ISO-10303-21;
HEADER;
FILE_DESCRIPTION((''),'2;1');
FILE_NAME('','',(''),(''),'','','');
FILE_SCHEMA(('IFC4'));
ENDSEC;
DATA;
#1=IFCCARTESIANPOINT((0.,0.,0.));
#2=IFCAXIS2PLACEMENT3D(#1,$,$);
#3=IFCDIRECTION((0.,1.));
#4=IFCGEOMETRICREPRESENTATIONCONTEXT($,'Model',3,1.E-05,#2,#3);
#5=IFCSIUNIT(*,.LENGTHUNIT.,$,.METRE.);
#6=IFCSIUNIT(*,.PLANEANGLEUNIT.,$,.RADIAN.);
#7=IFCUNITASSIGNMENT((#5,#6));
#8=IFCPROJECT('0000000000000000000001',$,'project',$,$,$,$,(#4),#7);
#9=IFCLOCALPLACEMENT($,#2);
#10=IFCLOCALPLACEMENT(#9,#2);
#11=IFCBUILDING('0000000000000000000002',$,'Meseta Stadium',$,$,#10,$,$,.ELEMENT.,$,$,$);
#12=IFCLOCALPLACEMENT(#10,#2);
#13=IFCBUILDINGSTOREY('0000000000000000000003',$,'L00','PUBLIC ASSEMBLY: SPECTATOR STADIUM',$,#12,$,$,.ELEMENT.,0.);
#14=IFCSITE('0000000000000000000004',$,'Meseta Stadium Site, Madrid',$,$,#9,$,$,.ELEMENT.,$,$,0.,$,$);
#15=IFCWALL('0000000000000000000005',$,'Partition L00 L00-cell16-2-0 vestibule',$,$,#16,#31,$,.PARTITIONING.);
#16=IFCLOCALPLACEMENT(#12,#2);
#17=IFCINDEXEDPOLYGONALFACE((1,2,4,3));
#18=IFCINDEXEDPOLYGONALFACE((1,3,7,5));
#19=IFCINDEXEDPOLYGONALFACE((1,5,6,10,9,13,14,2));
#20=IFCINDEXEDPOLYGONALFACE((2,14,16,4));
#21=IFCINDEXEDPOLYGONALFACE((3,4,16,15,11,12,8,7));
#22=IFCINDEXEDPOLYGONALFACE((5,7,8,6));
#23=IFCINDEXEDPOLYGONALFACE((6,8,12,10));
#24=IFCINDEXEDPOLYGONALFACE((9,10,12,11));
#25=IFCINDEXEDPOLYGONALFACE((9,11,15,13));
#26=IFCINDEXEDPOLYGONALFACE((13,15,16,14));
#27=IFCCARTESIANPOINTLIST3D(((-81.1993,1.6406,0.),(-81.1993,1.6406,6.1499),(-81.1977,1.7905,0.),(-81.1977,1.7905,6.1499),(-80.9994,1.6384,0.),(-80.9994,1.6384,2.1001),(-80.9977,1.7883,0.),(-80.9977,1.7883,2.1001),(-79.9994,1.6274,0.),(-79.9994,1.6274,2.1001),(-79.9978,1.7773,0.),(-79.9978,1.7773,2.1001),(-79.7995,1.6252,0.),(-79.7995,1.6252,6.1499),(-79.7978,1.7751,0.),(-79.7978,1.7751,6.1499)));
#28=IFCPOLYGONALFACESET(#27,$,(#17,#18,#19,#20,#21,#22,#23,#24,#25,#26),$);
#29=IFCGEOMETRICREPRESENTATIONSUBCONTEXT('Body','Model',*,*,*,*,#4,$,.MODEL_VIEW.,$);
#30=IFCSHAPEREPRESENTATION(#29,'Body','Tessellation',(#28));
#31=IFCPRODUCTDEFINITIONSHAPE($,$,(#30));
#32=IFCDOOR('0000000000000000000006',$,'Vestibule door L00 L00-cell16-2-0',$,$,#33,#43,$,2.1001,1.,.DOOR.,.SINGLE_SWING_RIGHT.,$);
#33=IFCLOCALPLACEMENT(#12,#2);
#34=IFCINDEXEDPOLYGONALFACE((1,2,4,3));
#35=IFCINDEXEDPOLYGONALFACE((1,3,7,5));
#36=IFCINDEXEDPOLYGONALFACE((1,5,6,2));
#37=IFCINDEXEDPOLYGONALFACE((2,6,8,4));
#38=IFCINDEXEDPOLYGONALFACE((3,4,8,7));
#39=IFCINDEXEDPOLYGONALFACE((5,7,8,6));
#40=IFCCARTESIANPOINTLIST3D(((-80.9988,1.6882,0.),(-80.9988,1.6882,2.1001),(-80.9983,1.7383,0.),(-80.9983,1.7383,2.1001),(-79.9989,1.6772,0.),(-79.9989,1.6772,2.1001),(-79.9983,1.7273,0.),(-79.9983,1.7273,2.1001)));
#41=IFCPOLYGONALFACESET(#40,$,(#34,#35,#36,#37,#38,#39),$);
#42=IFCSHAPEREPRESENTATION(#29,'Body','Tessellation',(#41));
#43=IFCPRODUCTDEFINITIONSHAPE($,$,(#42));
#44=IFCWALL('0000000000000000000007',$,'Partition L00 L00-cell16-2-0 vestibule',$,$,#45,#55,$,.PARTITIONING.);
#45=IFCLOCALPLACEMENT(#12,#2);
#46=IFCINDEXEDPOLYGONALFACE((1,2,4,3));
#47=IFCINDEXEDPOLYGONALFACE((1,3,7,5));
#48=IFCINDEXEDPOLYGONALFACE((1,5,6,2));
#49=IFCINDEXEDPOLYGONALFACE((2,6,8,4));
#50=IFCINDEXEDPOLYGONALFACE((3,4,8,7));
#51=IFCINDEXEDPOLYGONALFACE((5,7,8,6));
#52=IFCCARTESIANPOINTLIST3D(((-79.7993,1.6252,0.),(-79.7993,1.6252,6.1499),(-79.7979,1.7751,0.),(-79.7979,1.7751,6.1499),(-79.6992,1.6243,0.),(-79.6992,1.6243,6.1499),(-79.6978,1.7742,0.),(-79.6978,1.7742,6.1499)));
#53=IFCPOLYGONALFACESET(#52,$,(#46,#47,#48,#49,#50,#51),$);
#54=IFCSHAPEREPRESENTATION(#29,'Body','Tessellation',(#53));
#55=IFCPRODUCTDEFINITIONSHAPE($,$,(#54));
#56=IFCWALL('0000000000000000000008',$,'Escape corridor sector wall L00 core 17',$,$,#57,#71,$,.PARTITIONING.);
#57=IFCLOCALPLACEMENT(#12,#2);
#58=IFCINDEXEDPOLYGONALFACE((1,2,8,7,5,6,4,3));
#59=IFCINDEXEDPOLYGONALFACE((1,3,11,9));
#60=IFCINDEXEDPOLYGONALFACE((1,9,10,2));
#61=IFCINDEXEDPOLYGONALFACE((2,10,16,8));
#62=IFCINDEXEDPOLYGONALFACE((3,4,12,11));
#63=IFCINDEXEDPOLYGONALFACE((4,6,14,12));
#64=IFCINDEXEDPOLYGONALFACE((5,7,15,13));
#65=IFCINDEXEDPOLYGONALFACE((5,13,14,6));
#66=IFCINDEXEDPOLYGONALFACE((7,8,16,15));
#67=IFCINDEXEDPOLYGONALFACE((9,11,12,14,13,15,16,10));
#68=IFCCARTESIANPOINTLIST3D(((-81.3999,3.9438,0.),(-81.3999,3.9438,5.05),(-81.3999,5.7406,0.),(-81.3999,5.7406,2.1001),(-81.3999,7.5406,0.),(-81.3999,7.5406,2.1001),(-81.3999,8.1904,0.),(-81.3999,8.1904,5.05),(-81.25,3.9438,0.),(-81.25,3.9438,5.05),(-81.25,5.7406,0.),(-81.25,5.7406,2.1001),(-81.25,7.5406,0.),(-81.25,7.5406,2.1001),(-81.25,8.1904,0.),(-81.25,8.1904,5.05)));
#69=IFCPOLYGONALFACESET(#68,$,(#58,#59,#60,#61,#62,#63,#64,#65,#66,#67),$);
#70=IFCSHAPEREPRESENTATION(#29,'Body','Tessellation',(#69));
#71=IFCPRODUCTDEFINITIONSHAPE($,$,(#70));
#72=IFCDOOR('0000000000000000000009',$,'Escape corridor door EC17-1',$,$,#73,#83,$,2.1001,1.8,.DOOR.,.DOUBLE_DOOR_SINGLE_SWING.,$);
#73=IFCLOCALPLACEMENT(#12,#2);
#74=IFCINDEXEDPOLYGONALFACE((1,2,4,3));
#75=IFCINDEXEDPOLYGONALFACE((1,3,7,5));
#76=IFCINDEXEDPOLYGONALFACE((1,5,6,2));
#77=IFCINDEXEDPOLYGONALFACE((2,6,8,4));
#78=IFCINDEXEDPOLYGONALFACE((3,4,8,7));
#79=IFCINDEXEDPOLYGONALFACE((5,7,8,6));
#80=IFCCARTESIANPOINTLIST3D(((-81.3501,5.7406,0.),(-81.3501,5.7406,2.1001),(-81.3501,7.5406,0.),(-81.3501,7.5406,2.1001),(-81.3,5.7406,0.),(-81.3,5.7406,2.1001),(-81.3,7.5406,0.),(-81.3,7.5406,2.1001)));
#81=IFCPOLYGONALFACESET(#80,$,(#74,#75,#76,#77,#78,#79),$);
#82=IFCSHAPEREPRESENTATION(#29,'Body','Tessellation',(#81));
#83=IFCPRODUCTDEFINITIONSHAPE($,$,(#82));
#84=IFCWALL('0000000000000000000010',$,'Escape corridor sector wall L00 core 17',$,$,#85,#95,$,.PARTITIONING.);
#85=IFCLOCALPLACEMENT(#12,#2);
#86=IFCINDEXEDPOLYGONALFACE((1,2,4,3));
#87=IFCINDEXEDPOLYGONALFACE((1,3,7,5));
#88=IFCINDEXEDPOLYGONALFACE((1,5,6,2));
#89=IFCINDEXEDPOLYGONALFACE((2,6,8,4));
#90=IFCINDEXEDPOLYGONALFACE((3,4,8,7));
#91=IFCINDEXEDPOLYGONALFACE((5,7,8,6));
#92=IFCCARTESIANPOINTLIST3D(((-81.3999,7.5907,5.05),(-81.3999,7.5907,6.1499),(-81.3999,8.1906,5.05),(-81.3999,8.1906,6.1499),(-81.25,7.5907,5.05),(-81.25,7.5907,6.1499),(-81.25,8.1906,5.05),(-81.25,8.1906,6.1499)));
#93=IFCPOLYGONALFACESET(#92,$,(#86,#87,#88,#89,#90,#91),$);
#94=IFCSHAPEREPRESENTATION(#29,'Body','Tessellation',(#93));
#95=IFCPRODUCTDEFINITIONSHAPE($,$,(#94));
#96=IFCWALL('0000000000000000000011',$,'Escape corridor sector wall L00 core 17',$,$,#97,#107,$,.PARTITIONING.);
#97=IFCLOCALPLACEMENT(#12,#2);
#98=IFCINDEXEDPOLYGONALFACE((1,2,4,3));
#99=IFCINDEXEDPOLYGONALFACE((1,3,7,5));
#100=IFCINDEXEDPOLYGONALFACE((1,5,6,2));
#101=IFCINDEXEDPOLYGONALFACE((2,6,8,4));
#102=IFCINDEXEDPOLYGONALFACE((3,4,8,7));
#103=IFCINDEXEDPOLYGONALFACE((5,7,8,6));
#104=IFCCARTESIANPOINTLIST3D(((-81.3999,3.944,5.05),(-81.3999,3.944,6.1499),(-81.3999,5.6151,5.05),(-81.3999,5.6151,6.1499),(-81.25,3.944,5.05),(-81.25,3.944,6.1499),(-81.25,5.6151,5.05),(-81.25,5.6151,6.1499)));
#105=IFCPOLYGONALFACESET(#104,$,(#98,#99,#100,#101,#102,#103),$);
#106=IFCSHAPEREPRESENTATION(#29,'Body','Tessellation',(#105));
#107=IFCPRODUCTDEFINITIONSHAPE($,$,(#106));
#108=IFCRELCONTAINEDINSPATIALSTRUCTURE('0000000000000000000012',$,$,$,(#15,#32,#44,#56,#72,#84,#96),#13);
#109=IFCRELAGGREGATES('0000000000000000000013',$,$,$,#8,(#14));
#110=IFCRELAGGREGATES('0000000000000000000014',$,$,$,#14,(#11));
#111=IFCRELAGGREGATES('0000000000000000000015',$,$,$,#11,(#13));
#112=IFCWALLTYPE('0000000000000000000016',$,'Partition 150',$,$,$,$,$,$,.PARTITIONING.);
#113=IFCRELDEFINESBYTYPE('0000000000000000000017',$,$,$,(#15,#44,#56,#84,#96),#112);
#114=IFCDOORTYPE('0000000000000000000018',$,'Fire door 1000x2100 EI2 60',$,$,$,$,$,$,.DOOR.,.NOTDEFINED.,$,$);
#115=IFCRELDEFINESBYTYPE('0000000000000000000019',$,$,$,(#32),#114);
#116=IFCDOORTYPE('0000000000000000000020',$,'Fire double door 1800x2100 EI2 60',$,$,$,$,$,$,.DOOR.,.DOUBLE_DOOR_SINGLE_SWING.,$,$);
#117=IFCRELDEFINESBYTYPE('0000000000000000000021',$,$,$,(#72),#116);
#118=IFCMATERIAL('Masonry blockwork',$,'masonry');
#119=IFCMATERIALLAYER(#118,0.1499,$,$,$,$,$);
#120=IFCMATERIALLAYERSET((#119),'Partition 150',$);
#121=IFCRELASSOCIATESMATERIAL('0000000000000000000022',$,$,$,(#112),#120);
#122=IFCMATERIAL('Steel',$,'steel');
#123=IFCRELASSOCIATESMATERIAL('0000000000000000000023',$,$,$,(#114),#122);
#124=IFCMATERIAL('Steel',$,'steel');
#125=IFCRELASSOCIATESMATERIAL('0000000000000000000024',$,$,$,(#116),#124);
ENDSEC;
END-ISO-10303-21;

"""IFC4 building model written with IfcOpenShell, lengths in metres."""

from ifc_helpers import new_model, si_unit, direction, frame, frame_2d, origin, place, context, subcontext, project, spatial, rectangle, extrude, material, layer, layer_set, type_object, element, fill, save


model = new_model("IFC4")

# Units and contexts
model_context = context("Model", 3, precision=1e-05, world=origin(), true_north=direction((0.0, 1.0)))
body_context = subcontext(model_context, "Body", "Model", "MODEL_VIEW")
ifc_project = project(units=[si_unit("LENGTHUNIT", "METRE"), si_unit("PLANEANGLEUNIT", "RADIAN")], contexts=[model_context])

# Site, building, storey
site_placement = place(None, origin())
site = spatial("IfcSite", under=ifc_project, at=site_placement, Name="Meseta Stadium Site, Madrid", CompositionType="ELEMENT", RefElevation=0.0)
building_placement = place(site_placement, origin())
building = spatial("IfcBuilding", under=site, at=building_placement, Name="Meseta Stadium", CompositionType="ELEMENT")
storey_placement = place(building_placement, origin())
storey = spatial("IfcBuildingStorey", under=building, at=storey_placement, Name="L00", Description="PUBLIC ASSEMBLY: SPECTATOR STADIUM", CompositionType="ELEMENT", Elevation=0.0)

# Shared definitions
ifc_material_1 = material(Name="Masonry blockwork", Category="masonry")
ifc_layer = layer(ifc_material_1, 0.1499)
ifc_layer_set = layer_set([ifc_layer], Name="Partition 150")
wall_type = type_object("IfcWallType", Name="Partition 150", PredefinedType="PARTITIONING", material=ifc_layer_set)

# Shared definitions
ifc_material_2 = material(Name="Steel", Category="steel")
door_type_1 = type_object("IfcDoorType", Name="Fire door 1000x2100 EI2 60", OperationType="NOTDEFINED", PredefinedType="DOOR", material=ifc_material_2)

# Wall, opening, door
wall_1_placement = place(storey_placement, frame((-81.1985, 1.7156, 0.0), z_axis=(0.0, 0.0, 1.0), x_axis=(0.99994, -0.010986, 0.0)))
wall_1 = element("IfcWall", 1, at=wall_1_placement, inside=storey, type_object=wall_type, Name="Partition L00 L00-cell16-2-0 vestibule", PredefinedType="PARTITIONING", context=body_context, shape_type="SweptSolid", body=[
    extrude(rectangle(XDim=1.3999, YDim=0.1499, at=frame_2d((0.7, 0.0))), origin(), (0.0, 0.0, 1.0), 6.1499),
])
opening_1_placement = place(wall_1_placement, frame((0.2, 0.0, 0.0)))
opening_1 = element("IfcOpeningElement", 2, at=opening_1_placement, cuts=wall_1, PredefinedType="OPENING", context=body_context, shape_type="SweptSolid", body=[
    extrude(rectangle(XDim=1.0, YDim=2.1001, at=frame_2d((0.5, 1.05))), frame((0.0, 0.085, 0.0), z_axis=(0.0, -1.0, 0.0), x_axis=(1.0, 0.0, 0.0)), (0.0, 0.0, 1.0), 0.1699),
])
door_1_placement = place(opening_1_placement, origin())
door_1 = element("IfcDoor", 3, at=door_1_placement, inside=storey, type_object=door_type_1, Name="Vestibule door L00 L00-cell16-2-0", OperationType="SINGLE_SWING_RIGHT", OverallHeight=2.1001, OverallWidth=1.0, PredefinedType="DOOR", context=body_context, shape_type="SweptSolid", body=[
    extrude(rectangle(XDim=1.0, YDim=2.1001, at=frame_2d((0.5, 1.05))), frame((0.0, 0.0249, 0.0), z_axis=(0.0, -1.0, 0.0), x_axis=(1.0, 0.0, 0.0)), (0.0, 0.0, 1.0), 0.05),
])
fill(opening_1, door_1)

# Wall
wall_2_placement = place(storey_placement, frame((-79.7986, 1.7002, 0.0), z_axis=(0.0, 0.0, 1.0), x_axis=(0.999952, -0.009756, 0.0)))
element("IfcWall", 4, at=wall_2_placement, inside=storey, type_object=wall_type, Name="Partition L00 L00-cell16-2-0 vestibule", PredefinedType="PARTITIONING", context=body_context, shape_type="SweptSolid", body=[
    extrude(rectangle(XDim=0.1001, YDim=0.1499, at=frame_2d((0.05, 0.0))), origin(), (0.0, 0.0, 1.0), 6.1499),
])

# Wall, opening, door
wall_3_placement = place(storey_placement, frame((-81.325, 8.1904, 0.0), z_axis=(0.0, 0.0, 1.0), x_axis=(0.0, -1.0, 0.0)))
wall_3 = element("IfcWall", 5, at=wall_3_placement, inside=storey, type_object=wall_type, Name="Escape corridor sector wall L00 core 17", PredefinedType="PARTITIONING", context=body_context, shape_type="SweptSolid", body=[
    extrude(rectangle(XDim=4.2466, YDim=0.1499, at=frame_2d((2.1233, 0.0))), origin(), (0.0, 0.0, 1.0), 5.05),
])
opening_2_placement = place(wall_3_placement, frame((0.6499, 0.0, 0.0)))
opening_2 = element("IfcOpeningElement", 6, at=opening_2_placement, cuts=wall_3, PredefinedType="OPENING", context=body_context, shape_type="SweptSolid", body=[
    extrude(rectangle(XDim=1.8, YDim=2.1001, at=frame_2d((0.8999, 1.05))), frame((0.0, 0.085, 0.0), z_axis=(0.0, -1.0, 0.0), x_axis=(1.0, 0.0, 0.0)), (0.0, 0.0, 1.0), 0.1699),
])
ifc_material_3 = material(Name="Steel", Category="steel")
door_type_2 = type_object("IfcDoorType", Name="Fire double door 1800x2100 EI2 60", OperationType="DOUBLE_DOOR_SINGLE_SWING", PredefinedType="DOOR", material=ifc_material_3)
door_2_placement = place(opening_2_placement, origin())
door_2 = element("IfcDoor", 7, at=door_2_placement, inside=storey, type_object=door_type_2, Name="Escape corridor door EC17-1", OperationType="DOUBLE_DOOR_SINGLE_SWING", OverallHeight=2.1001, OverallWidth=1.8, PredefinedType="DOOR", context=body_context, shape_type="SweptSolid", body=[
    extrude(rectangle(XDim=1.8, YDim=2.1001, at=frame_2d((0.8999, 1.05))), frame((0.0, 0.0249, 0.0), z_axis=(0.0, -1.0, 0.0), x_axis=(1.0, 0.0, 0.0)), (0.0, 0.0, 1.0), 0.05),
])
fill(opening_2, door_2)

# Walls
wall_4_placement = place(storey_placement, frame((-81.325, 8.1904, 5.05), z_axis=(0.0, 0.0, 1.0), x_axis=(0.0, -1.0, 0.0)))
element("IfcWall", 8, at=wall_4_placement, inside=storey, type_object=wall_type, Name="Escape corridor sector wall L00 core 17", PredefinedType="PARTITIONING", context=body_context, shape_type="SweptSolid", body=[
    extrude(rectangle(XDim=0.5999, YDim=0.1499, at=frame_2d((0.2998, 0.0))), origin(), (0.0, 0.0, 1.0), 1.0999),
])
wall_5_placement = place(storey_placement, frame((-81.325, 5.615, 5.05), z_axis=(0.0, 0.0, 1.0), x_axis=(0.0, -1.0, 0.0)))
element("IfcWall", 9, at=wall_5_placement, inside=storey, type_object=wall_type, Name="Escape corridor sector wall L00 core 17", PredefinedType="PARTITIONING", context=body_context, shape_type="SweptSolid", body=[
    extrude(rectangle(XDim=1.6711, YDim=0.1499, at=frame_2d((0.8354, 0.0))), origin(), (0.0, 0.0, 1.0), 1.0999),
])

save(model, "model.ifc")
